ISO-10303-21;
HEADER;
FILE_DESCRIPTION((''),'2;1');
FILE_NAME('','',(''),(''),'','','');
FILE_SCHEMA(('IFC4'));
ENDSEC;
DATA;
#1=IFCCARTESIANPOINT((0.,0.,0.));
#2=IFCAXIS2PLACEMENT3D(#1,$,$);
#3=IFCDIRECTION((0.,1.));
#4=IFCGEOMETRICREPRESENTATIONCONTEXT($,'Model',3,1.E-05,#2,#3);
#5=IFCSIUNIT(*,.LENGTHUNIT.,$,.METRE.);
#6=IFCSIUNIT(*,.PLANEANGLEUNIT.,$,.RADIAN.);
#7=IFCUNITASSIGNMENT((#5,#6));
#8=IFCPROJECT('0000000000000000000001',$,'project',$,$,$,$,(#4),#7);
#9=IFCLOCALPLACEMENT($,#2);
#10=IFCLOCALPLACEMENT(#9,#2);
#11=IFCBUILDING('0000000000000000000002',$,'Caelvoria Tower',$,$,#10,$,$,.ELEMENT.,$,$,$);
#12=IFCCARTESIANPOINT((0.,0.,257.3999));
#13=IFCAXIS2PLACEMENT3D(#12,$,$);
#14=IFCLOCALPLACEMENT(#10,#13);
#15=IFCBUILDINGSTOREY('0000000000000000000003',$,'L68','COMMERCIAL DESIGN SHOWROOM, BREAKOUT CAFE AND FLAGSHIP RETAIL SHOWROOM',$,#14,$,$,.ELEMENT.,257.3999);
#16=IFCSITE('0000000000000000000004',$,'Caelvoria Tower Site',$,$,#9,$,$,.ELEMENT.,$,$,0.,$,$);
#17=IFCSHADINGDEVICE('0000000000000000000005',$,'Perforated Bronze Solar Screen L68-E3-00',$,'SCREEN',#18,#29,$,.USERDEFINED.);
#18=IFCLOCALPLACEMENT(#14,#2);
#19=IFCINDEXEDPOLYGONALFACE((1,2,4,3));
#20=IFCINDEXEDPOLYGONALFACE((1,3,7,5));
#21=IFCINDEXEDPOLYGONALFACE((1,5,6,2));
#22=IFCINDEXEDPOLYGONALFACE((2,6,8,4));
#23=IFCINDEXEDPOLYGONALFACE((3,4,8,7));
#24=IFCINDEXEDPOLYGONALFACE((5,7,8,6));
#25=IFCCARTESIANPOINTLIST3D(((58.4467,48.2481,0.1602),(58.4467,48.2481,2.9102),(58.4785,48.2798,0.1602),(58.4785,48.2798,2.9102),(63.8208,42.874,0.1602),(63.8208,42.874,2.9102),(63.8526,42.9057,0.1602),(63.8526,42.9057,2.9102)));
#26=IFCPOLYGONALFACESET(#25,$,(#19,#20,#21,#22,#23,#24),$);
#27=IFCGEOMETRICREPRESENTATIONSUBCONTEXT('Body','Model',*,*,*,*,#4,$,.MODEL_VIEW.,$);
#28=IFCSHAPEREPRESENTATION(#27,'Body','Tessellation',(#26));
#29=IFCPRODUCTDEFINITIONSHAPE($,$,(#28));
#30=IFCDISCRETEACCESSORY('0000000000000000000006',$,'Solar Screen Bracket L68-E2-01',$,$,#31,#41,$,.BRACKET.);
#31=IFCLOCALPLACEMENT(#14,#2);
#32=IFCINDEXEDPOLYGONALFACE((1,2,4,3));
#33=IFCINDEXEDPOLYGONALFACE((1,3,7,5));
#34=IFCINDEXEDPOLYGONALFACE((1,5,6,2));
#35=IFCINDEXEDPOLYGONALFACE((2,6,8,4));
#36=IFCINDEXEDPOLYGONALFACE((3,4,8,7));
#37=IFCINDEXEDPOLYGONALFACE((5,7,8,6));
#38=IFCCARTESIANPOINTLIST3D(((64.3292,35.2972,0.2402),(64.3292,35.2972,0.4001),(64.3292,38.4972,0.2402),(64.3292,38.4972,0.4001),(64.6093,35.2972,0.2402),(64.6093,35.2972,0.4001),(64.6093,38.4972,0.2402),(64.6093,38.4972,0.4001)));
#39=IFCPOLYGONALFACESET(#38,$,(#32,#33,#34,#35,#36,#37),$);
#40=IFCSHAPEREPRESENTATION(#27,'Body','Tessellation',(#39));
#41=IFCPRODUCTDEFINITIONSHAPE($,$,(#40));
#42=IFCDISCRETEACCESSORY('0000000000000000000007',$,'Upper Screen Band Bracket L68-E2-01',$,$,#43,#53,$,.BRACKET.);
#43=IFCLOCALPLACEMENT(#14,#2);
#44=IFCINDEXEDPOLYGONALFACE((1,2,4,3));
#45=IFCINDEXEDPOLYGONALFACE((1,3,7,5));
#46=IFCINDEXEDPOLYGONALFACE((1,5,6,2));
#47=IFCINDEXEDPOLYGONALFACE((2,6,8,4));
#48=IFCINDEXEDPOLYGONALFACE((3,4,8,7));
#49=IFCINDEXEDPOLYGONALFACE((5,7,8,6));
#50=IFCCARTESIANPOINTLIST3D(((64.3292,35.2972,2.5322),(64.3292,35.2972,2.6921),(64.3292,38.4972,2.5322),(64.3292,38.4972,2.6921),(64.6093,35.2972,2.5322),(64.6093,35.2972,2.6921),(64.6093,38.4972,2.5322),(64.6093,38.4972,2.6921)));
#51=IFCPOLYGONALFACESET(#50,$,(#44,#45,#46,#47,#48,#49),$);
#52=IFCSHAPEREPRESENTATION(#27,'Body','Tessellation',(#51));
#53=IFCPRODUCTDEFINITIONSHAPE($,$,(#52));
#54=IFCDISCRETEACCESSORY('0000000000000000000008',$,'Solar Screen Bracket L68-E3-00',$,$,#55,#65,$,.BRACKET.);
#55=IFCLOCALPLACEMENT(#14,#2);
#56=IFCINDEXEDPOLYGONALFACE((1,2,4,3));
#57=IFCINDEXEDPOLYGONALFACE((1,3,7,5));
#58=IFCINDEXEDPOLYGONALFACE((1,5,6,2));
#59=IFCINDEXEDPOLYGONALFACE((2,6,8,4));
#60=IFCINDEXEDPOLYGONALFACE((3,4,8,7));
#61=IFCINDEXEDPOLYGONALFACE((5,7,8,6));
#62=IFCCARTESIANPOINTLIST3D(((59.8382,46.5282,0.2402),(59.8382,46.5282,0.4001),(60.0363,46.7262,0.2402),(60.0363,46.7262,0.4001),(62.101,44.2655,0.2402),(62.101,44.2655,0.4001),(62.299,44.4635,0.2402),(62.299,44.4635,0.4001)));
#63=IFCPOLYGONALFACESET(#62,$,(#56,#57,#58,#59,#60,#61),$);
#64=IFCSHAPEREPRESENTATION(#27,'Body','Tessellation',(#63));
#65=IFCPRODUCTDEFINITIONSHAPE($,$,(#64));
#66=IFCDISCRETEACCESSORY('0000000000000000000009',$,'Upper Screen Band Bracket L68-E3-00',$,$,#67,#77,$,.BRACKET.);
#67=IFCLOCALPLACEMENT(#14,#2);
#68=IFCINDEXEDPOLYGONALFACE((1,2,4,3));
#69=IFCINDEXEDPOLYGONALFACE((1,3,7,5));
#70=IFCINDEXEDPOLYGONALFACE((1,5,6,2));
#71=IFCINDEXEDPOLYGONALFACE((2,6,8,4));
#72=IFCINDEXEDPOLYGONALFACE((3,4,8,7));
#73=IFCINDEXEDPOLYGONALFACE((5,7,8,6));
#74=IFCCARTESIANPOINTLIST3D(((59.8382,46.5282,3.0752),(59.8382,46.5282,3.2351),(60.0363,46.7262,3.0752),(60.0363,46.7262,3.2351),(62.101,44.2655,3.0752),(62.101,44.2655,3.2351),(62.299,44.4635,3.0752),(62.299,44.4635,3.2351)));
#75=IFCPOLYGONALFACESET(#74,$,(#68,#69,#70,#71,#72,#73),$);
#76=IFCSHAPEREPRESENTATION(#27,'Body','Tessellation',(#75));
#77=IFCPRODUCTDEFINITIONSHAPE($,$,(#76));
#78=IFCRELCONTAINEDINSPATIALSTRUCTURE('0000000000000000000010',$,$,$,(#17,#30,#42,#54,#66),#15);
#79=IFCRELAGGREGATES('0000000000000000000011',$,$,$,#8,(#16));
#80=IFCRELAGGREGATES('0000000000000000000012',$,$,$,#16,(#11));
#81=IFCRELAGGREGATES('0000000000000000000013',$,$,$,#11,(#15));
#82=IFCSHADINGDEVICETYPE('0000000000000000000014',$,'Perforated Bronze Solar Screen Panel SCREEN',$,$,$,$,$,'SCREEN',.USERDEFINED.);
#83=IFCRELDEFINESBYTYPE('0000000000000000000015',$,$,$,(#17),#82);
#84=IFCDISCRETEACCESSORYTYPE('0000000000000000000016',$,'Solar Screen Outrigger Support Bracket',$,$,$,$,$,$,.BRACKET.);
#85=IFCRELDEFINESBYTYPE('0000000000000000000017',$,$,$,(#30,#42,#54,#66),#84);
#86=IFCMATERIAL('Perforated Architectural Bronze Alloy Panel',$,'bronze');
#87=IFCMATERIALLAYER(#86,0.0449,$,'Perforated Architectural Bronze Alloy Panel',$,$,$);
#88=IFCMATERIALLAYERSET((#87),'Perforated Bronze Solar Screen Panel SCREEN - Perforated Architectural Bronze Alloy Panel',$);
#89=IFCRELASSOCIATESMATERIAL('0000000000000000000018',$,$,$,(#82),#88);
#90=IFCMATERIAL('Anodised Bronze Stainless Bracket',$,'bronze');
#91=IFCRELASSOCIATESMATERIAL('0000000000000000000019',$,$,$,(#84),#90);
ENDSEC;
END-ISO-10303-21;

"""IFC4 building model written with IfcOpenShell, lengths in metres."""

from ifc_helpers import new_model, si_unit, direction, frame, origin, origin_2d, place, context, subcontext, project, spatial, rectangle, extrude, material, layer, layer_set, type_object, element, save


model = new_model("IFC4")

# Units and contexts
model_context = context("Model", 3, precision=1e-05, world=origin(), true_north=direction((0.0, 1.0)))
body_context = subcontext(model_context, "Body", "Model", "MODEL_VIEW")
ifc_project = project(units=[si_unit("LENGTHUNIT", "METRE"), si_unit("PLANEANGLEUNIT", "RADIAN")], contexts=[model_context])

# Site, building, storey
site_placement = place(None, origin())
site = spatial("IfcSite", under=ifc_project, at=site_placement, Name="Caelvoria Tower Site", CompositionType="ELEMENT", RefElevation=0.0)
building_placement = place(site_placement, origin())
building = spatial("IfcBuilding", under=site, at=building_placement, Name="Caelvoria Tower", CompositionType="ELEMENT")
storey_placement = place(building_placement, frame((0.0, 0.0, 257.3999)))
storey = spatial("IfcBuildingStorey", under=building, at=storey_placement, Name="L68", Description="COMMERCIAL DESIGN SHOWROOM, BREAKOUT CAFE AND FLAGSHIP RETAIL SHOWROOM", CompositionType="ELEMENT", Elevation=257.3999)

# Shading device
ifc_material_1 = material(Name="Perforated Architectural Bronze Alloy Panel", Category="bronze")
ifc_layer_1 = layer(ifc_material_1, 0.0449, Name="Perforated Architectural Bronze Alloy Panel")
ifc_layer_set_1 = layer_set([ifc_layer_1], Name="Perforated Bronze Solar Screen Panel SCREEN - Perforated Architectural Bronze Alloy Panel")
shading_device_type = type_object("IfcShadingDeviceType", Name="Perforated Bronze Solar Screen Panel SCREEN", ElementType="SCREEN", PredefinedType="USERDEFINED", material=ifc_layer_set_1)
shading_device_1_placement = place(storey_placement, frame((61.1497, 45.5769, 0.1602), z_axis=(0.0, 0.0, 1.0), x_axis=(-0.707107, 0.707107, 0.0)))
element("IfcShadingDevice", 1, at=shading_device_1_placement, inside=storey, type_object=shading_device_type, Name="Perforated Bronze Solar Screen L68-E3-00", ObjectType="SCREEN", PredefinedType="USERDEFINED", context=body_context, shape_type="SweptSolid", body=[
    extrude(rectangle(XDim=7.6001, YDim=0.0449, at=origin_2d()), origin(), (0.0, 0.0, 1.0), 2.75),
])

# Discrete accessories
ifc_material_2 = material(Name="Anodised Bronze Stainless Bracket", Category="bronze")
discrete_accessory_type = type_object("IfcDiscreteAccessoryType", Name="Solar Screen Outrigger Support Bracket", PredefinedType="BRACKET", material=ifc_material_2)
for number, where, z_axis, x_axis, name in (
    (2, (64.4692, 36.8972, 0.2402), (0.0, 0.0, 1.0), (0.0, 1.0, 0.0), "Solar Screen Bracket L68-E2-01"),
    (3, (64.4692, 36.8972, 2.5322), (0.0, 0.0, 1.0), (0.0, 1.0, 0.0), "Upper Screen Band Bracket L68-E2-01"),
    (4, (61.0686, 45.4958, 0.2402), (0.0, 0.0, 1.0), (-0.707107, 0.707107, 0.0), "Solar Screen Bracket L68-E3-00"),
    (5, (61.0686, 45.4958, 3.0752), (0.0, 0.0, 1.0), (-0.707107, 0.707107, 0.0), "Upper Screen Band Bracket L68-E3-00"),
):
    element("IfcDiscreteAccessory", number, at=place(storey_placement, frame(where, z_axis=z_axis, x_axis=x_axis)), inside=storey, type_object=discrete_accessory_type, Name=name, PredefinedType="BRACKET", context=body_context, shape_type="SweptSolid", body=[
        extrude(rectangle(XDim=3.2, YDim=0.28, at=origin_2d()), origin(), (0.0, 0.0, 1.0), 0.1599),
    ])

save(model, "model.ifc")
